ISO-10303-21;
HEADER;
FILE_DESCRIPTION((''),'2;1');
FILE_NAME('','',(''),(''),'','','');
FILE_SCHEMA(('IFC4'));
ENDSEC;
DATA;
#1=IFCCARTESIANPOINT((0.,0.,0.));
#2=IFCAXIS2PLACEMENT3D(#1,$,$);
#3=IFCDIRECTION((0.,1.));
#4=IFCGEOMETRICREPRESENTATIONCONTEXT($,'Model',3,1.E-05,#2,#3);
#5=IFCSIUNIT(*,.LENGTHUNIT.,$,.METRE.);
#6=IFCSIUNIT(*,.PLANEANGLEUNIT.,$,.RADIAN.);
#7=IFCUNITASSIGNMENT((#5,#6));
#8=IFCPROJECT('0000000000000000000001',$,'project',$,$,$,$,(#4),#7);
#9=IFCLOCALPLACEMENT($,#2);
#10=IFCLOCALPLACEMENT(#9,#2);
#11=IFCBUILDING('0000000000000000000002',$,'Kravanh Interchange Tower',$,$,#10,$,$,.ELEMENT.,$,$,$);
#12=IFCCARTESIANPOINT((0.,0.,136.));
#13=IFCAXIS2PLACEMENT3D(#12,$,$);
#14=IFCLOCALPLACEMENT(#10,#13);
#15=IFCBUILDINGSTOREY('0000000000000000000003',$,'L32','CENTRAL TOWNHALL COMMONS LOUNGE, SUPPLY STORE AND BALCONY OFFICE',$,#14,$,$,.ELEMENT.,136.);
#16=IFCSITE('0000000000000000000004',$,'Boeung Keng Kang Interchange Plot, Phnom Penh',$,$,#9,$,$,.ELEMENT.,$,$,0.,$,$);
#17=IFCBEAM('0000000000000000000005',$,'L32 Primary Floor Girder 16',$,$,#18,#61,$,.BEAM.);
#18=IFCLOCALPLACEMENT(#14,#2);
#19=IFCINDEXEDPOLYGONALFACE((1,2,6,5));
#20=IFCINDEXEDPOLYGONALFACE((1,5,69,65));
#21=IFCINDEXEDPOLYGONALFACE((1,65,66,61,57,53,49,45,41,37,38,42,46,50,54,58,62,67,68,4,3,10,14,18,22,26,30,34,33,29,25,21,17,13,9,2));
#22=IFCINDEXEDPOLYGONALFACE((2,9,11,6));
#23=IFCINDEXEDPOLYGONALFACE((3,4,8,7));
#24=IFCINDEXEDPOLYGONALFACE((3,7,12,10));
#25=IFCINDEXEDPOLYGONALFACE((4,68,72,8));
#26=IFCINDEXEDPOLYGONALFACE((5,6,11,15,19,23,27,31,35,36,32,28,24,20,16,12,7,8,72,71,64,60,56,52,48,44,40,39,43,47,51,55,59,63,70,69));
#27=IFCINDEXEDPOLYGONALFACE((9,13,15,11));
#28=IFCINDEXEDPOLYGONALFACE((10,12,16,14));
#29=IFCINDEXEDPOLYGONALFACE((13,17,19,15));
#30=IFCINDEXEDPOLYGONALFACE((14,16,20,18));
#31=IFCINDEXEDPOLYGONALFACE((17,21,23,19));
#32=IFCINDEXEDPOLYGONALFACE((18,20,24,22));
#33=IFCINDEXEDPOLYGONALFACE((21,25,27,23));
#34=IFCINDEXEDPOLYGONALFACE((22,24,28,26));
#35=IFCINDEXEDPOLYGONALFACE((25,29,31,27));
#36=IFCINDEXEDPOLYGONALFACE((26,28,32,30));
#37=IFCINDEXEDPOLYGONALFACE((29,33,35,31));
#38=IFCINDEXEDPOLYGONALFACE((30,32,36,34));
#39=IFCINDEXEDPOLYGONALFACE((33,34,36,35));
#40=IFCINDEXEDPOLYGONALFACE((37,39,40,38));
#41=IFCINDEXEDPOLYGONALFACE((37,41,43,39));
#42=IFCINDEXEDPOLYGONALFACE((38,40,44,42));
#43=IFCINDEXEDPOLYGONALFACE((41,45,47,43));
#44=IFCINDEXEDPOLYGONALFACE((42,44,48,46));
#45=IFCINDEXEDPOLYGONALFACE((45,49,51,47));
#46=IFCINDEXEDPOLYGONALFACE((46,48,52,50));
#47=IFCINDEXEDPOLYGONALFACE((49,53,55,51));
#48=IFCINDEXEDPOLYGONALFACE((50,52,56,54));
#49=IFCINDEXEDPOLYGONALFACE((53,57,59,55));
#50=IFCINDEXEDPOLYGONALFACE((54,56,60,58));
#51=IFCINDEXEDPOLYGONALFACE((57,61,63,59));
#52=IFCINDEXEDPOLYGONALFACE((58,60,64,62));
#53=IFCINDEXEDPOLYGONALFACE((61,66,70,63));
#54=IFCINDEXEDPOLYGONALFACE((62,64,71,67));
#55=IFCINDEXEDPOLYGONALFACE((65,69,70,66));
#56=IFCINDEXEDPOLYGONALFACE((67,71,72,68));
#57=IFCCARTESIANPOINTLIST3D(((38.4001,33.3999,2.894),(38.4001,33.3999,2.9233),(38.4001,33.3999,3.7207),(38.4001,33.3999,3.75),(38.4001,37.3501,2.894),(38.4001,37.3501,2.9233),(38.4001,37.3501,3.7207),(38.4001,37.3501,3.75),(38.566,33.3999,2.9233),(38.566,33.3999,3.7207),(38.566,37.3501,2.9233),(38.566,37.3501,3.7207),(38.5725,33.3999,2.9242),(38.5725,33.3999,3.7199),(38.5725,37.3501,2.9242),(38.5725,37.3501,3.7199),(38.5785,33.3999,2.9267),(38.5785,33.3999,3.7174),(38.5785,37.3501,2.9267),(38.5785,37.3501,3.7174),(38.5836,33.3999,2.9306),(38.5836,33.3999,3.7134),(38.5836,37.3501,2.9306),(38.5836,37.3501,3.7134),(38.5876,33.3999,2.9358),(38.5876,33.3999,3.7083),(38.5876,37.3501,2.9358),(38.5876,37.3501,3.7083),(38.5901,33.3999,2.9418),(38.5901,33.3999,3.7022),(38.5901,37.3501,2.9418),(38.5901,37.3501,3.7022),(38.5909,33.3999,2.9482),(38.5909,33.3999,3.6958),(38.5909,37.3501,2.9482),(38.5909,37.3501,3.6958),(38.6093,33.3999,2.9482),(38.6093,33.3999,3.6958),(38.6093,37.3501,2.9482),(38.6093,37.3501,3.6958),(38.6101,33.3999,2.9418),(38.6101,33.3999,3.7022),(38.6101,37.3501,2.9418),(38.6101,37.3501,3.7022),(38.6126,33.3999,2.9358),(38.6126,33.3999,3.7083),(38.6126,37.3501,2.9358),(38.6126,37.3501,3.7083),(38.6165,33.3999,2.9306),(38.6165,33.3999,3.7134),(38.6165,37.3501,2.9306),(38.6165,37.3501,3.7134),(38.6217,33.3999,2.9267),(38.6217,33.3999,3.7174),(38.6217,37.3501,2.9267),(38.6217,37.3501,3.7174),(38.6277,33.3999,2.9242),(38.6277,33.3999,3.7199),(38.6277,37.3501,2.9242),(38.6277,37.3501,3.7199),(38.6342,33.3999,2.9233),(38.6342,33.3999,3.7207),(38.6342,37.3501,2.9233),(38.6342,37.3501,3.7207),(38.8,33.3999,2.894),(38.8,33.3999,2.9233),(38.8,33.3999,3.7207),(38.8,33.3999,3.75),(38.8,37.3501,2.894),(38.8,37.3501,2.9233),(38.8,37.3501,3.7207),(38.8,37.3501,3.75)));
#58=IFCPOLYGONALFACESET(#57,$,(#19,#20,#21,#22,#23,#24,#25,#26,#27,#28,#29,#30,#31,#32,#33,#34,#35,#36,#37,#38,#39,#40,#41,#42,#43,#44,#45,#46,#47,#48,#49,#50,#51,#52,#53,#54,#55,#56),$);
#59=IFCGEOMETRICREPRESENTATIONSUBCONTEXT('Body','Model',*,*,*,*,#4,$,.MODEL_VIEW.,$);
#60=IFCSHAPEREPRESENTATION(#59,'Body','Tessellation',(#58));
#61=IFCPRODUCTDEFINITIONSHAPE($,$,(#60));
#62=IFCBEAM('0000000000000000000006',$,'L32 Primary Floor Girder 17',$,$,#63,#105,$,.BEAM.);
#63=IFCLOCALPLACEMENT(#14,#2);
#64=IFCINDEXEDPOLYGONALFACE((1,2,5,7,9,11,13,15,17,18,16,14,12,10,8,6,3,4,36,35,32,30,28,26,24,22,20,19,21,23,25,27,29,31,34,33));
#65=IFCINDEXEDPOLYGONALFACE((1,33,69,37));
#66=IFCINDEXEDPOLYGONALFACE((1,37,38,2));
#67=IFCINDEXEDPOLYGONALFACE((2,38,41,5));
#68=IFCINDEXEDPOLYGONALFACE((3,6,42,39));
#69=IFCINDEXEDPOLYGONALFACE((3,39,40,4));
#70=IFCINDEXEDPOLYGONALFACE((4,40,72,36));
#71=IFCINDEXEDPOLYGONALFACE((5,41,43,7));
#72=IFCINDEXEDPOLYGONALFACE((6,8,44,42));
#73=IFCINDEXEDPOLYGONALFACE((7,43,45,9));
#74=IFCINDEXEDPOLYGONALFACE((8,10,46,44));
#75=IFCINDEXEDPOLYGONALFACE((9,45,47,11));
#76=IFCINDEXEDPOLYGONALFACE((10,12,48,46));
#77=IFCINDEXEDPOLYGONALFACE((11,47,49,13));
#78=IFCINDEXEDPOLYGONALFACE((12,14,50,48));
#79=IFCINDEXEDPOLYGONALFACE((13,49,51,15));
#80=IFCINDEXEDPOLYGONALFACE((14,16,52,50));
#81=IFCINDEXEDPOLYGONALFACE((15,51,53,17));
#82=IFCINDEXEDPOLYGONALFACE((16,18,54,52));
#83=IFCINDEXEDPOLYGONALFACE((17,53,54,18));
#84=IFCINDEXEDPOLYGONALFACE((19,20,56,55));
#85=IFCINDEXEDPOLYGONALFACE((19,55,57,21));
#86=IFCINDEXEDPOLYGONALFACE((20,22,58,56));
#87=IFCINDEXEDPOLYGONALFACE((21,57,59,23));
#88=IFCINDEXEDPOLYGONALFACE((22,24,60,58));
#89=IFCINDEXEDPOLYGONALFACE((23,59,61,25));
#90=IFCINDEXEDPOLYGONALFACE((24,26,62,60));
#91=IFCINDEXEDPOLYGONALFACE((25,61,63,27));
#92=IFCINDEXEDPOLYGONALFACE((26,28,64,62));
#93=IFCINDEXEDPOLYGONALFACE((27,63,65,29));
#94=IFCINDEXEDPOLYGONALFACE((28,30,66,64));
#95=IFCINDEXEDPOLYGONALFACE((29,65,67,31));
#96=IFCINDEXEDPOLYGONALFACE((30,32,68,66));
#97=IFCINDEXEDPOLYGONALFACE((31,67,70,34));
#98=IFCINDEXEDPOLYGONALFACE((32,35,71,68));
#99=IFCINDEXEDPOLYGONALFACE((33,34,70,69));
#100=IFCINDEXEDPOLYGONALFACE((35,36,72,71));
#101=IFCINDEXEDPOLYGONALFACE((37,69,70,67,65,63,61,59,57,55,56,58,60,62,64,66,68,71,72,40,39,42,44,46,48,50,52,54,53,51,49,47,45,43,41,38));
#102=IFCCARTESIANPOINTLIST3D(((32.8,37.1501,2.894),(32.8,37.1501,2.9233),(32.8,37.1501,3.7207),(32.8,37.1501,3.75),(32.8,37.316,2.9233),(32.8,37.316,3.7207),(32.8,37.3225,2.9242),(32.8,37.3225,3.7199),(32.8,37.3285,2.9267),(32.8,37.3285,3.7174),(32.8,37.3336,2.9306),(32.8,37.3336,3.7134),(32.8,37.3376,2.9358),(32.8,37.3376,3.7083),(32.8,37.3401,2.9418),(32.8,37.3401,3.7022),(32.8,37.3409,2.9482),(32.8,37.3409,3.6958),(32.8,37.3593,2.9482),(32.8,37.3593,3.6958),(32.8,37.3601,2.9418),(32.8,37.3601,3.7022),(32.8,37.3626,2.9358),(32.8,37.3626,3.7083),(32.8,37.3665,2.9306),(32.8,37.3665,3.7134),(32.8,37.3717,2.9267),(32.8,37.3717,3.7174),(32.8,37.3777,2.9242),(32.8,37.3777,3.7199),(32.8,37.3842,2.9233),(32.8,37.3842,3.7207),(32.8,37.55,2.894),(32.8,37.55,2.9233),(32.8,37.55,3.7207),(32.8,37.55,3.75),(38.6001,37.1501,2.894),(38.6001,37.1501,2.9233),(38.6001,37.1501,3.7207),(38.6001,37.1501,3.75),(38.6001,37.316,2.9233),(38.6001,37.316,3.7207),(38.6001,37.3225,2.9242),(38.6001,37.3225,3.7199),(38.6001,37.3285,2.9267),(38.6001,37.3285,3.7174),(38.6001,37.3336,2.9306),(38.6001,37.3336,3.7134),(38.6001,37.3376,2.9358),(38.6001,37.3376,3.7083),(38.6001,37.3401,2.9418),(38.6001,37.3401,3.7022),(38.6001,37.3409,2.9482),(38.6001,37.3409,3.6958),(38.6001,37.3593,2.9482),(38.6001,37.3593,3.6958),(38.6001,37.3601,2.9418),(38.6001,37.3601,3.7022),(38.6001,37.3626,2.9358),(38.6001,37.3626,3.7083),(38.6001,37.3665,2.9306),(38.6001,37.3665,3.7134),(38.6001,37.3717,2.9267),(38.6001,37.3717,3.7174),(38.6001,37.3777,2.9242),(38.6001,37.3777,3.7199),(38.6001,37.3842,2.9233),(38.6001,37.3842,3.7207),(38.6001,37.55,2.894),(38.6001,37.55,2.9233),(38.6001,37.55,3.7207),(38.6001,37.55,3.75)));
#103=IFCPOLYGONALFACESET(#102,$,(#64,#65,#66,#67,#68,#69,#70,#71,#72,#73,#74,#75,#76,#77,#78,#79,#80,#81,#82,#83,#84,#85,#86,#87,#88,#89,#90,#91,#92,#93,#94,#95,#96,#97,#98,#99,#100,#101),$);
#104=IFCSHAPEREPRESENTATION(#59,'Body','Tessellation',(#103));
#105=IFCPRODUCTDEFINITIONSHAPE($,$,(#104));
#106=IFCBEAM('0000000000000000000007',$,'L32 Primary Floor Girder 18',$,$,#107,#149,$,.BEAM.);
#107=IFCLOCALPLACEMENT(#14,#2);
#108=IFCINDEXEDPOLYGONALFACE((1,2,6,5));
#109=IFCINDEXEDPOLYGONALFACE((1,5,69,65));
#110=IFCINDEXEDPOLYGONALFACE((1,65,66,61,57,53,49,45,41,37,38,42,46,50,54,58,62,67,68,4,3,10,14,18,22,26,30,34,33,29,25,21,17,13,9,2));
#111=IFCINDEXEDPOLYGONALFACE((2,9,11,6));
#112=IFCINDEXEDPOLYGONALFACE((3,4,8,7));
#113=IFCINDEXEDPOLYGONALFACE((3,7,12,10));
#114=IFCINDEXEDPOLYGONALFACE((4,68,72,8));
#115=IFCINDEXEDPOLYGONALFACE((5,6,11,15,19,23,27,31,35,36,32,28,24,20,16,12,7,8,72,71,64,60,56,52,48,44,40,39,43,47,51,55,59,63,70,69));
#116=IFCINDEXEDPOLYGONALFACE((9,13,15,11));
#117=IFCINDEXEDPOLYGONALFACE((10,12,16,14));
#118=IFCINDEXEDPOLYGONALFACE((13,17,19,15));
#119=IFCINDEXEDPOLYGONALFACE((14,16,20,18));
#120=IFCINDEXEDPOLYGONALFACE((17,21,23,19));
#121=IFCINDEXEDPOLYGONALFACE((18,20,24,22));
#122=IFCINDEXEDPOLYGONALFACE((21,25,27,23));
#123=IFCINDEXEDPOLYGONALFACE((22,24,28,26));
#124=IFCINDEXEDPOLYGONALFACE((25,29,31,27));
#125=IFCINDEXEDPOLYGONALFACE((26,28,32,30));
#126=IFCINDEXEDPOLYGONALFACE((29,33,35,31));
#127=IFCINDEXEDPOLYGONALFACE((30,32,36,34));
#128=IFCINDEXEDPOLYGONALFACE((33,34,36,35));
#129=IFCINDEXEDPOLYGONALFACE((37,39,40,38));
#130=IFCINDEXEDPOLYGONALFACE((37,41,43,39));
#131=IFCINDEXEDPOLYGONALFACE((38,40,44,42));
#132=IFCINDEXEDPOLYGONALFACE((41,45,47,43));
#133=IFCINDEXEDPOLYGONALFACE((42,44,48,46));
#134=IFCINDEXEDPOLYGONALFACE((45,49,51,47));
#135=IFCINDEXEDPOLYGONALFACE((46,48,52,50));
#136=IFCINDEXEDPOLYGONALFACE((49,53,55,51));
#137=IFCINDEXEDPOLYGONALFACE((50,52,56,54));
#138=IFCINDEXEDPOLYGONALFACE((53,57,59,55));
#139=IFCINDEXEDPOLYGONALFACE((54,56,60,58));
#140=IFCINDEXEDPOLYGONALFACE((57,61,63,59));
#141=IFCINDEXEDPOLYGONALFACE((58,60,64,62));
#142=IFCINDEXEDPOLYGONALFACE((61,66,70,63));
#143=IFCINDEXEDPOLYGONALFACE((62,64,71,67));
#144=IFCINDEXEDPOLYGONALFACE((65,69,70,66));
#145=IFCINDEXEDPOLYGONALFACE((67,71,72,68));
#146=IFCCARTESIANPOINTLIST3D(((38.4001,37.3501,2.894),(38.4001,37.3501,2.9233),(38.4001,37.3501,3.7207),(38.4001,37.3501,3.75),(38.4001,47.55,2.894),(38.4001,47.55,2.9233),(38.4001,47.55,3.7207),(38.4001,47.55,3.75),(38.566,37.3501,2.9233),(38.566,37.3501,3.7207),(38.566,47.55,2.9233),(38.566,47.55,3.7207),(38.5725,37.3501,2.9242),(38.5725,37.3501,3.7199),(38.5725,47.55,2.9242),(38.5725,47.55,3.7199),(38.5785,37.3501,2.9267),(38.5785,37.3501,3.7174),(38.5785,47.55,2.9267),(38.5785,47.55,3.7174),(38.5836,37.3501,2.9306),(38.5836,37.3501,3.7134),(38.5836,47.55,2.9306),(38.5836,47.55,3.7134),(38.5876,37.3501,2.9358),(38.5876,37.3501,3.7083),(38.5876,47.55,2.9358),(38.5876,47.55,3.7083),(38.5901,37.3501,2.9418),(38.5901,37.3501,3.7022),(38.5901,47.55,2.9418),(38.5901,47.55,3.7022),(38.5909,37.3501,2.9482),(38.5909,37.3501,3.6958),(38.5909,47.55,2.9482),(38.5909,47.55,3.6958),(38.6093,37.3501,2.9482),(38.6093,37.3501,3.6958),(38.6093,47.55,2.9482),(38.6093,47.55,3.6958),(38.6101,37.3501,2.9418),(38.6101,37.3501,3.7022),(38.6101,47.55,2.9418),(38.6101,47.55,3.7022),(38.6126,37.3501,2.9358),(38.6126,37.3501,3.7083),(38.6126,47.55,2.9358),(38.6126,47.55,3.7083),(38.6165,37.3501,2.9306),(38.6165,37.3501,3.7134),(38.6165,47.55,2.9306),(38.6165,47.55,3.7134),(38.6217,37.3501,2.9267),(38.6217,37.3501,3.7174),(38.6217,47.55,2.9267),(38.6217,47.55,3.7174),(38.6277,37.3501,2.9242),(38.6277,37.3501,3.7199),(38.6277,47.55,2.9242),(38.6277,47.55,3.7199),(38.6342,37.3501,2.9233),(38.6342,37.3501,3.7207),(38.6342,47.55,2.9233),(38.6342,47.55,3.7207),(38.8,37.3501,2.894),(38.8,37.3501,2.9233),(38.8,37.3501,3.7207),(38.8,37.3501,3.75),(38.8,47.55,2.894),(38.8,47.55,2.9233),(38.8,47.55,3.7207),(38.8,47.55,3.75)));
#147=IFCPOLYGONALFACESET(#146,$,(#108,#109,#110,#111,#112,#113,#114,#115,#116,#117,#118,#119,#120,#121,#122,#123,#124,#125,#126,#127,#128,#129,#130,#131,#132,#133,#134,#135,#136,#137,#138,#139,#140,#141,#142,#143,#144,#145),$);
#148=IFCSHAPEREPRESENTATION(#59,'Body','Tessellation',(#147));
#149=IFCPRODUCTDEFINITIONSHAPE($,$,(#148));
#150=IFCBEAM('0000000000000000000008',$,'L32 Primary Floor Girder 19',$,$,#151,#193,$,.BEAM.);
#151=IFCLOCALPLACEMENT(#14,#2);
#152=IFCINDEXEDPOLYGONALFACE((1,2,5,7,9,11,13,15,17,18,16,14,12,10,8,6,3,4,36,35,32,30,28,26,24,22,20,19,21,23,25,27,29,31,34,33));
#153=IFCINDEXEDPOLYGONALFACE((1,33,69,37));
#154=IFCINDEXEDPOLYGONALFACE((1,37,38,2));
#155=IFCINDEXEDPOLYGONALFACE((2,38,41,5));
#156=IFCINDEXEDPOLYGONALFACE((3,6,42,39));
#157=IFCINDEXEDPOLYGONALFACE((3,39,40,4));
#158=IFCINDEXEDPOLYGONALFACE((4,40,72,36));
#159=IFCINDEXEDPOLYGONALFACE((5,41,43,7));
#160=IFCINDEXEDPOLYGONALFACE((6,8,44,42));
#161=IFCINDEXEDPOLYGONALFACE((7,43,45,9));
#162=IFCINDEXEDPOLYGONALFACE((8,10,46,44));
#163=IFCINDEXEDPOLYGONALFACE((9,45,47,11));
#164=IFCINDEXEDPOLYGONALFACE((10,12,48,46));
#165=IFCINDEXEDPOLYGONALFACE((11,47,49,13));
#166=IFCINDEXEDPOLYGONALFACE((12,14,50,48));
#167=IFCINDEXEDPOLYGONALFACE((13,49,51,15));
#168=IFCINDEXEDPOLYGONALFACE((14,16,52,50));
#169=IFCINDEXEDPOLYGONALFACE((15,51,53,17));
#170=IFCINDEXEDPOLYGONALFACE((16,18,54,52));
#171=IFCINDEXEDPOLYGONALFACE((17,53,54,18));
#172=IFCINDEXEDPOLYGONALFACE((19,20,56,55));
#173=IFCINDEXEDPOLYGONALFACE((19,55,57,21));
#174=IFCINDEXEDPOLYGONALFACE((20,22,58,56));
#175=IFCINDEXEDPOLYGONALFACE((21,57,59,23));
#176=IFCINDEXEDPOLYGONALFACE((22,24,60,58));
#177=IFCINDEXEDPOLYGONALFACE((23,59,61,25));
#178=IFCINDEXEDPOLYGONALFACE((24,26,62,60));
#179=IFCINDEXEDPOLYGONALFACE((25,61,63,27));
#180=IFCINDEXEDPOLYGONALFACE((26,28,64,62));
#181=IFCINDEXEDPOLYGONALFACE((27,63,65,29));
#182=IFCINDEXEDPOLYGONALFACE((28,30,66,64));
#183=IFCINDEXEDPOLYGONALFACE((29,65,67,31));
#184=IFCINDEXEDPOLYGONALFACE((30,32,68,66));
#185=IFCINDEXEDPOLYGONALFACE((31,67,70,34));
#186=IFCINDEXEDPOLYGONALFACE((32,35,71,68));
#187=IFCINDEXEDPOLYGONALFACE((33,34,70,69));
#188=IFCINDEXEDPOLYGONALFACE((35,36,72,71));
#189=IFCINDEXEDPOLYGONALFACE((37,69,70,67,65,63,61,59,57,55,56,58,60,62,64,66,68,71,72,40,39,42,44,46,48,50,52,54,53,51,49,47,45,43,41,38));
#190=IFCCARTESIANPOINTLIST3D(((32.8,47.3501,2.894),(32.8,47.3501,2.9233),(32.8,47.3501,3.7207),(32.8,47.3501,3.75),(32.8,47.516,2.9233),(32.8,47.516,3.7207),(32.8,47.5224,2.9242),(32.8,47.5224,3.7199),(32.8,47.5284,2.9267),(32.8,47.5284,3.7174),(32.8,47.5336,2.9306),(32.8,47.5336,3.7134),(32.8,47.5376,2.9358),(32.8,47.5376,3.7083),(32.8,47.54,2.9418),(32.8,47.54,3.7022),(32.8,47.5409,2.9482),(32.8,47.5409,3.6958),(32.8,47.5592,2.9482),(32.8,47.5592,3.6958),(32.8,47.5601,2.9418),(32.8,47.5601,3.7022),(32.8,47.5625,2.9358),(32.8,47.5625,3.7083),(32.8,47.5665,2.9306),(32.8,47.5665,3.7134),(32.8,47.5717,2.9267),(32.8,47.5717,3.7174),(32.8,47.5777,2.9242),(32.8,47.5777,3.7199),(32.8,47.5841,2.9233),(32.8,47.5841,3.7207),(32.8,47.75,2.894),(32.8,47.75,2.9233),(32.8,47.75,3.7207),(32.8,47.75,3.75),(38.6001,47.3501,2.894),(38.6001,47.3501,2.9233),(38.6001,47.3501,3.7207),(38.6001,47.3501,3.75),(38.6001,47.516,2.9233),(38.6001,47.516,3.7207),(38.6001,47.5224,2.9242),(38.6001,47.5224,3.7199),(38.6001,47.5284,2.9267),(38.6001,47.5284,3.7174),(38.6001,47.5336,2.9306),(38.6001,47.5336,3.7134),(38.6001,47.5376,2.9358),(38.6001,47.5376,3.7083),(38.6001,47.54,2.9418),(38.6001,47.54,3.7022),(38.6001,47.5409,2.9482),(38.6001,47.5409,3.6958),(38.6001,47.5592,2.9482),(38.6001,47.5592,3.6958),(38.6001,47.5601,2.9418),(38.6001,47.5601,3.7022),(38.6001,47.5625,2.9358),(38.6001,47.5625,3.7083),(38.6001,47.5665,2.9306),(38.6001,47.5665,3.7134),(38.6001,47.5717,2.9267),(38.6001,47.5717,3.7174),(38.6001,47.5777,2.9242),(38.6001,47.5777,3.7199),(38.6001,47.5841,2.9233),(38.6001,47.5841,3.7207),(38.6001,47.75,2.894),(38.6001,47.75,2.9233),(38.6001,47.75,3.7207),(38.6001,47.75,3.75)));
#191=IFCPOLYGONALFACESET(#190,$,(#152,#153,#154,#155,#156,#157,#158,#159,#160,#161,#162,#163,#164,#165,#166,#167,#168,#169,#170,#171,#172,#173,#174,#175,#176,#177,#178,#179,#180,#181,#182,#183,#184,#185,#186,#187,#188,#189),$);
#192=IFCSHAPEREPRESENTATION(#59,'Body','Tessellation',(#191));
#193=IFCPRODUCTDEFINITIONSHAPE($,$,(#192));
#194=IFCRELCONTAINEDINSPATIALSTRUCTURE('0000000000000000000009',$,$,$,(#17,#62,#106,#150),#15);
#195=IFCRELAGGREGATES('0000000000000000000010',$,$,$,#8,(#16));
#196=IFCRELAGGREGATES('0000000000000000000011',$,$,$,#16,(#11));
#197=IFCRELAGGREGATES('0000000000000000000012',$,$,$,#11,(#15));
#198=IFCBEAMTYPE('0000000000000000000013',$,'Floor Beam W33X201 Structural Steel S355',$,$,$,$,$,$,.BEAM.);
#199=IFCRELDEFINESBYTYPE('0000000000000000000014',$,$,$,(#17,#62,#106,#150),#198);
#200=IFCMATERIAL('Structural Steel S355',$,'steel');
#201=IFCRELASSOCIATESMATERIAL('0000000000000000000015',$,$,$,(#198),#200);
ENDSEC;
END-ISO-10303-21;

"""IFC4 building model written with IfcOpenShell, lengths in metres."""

from ifc_helpers import new_model, si_unit, direction, frame, origin, origin_2d, place, context, subcontext, project, spatial, i_section, extrude, material, material_profile, profile_set, type_object, element, save


model = new_model("IFC4")

# Units and contexts
model_context = context("Model", 3, precision=1e-05, world=origin(), true_north=direction((0.0, 1.0)))
body_context = subcontext(model_context, "Body", "Model", "MODEL_VIEW")
ifc_project = project(units=[si_unit("LENGTHUNIT", "METRE"), si_unit("PLANEANGLEUNIT", "RADIAN")], contexts=[model_context])

# Site, building, storey
site_placement = place(None, origin())
site = spatial("IfcSite", under=ifc_project, at=site_placement, Name="Boeung Keng Kang Interchange Plot, Phnom Penh", CompositionType="ELEMENT", RefElevation=0.0)
building_placement = place(site_placement, origin())
building = spatial("IfcBuilding", under=site, at=building_placement, Name="Kravanh Interchange Tower", CompositionType="ELEMENT")
storey_placement = place(building_placement, frame((0.0, 0.0, 136.0)))
storey = spatial("IfcBuildingStorey", under=building, at=storey_placement, Name="L32", Description="CENTRAL TOWNHALL COMMONS LOUNGE, SUPPLY STORE AND BALCONY OFFICE", CompositionType="ELEMENT", Elevation=136.0)

# Beams
ifc_material_1 = material(Name="Structural Steel S355", Category="steel")
ifc_material_profile_1 = material_profile(ifc_material_1, i_section(OverallWidth=0.3999, OverallDepth=0.856, WebThickness=0.0183, FlangeThickness=0.0293, FilletRadius=0.0249, at=origin_2d()), Name="W33X201")
ifc_profile_set_1 = profile_set([ifc_material_profile_1], Name="Structural Steel S355")
beam_type_1 = type_object("IfcBeamType", Name="Floor Beam W33X201 Structural Steel S355", PredefinedType="BEAM", material=ifc_profile_set_1)
beam_1_placement = place(storey_placement, frame((38.6001, 37.3501, 3.322), z_axis=(0.0, -1.0, 0.0), x_axis=(1.0, 0.0, 0.0)))
element("IfcBeam", 1, at=beam_1_placement, inside=storey, type_object=beam_type_1, Name="L32 Primary Floor Girder 16", PredefinedType="BEAM", context=body_context, shape_type="SweptSolid", body=[
    extrude(i_section(OverallWidth=0.3999, OverallDepth=0.856, WebThickness=0.0183, FlangeThickness=0.0293, FilletRadius=0.0249, at=origin_2d()), origin(), (0.0, 0.0, 1.0), 3.9502),
])
beam_2_placement = place(storey_placement, frame((38.6001, 37.3501, 3.322), z_axis=(-1.0, 0.0, 0.0), x_axis=(0.0, -1.0, 0.0)))
element("IfcBeam", 2, at=beam_2_placement, inside=storey, type_object=beam_type_1, Name="L32 Primary Floor Girder 17", PredefinedType="BEAM", context=body_context, shape_type="SweptSolid", body=[
    extrude(i_section(OverallWidth=0.3999, OverallDepth=0.856, WebThickness=0.0183, FlangeThickness=0.0293, FilletRadius=0.0249, at=origin_2d()), origin(), (0.0, 0.0, 1.0), 5.8),
])
beam_3_placement = place(storey_placement, frame((38.6001, 37.3501, 3.322), z_axis=(0.0, 1.0, 0.0), x_axis=(-1.0, 0.0, 0.0)))
element("IfcBeam", 3, at=beam_3_placement, inside=storey, type_object=beam_type_1, Name="L32 Primary Floor Girder 18", PredefinedType="BEAM", context=body_context, shape_type="SweptSolid", body=[
    extrude(i_section(OverallWidth=0.3999, OverallDepth=0.856, WebThickness=0.0183, FlangeThickness=0.0293, FilletRadius=0.0249, at=origin_2d()), origin(), (0.0, 0.0, 1.0), 10.2),
])
beam_4_placement = place(storey_placement, frame((38.6001, 47.55, 3.322), z_axis=(-1.0, 0.0, 0.0), x_axis=(0.0, -1.0, 0.0)))
element("IfcBeam", 4, at=beam_4_placement, inside=storey, type_object=beam_type_1, Name="L32 Primary Floor Girder 19", PredefinedType="BEAM", context=body_context, shape_type="SweptSolid", body=[
    extrude(i_section(OverallWidth=0.3999, OverallDepth=0.856, WebThickness=0.0183, FlangeThickness=0.0293, FilletRadius=0.0249, at=origin_2d()), origin(), (0.0, 0.0, 1.0), 5.8),
])

save(model, "model.ifc")
